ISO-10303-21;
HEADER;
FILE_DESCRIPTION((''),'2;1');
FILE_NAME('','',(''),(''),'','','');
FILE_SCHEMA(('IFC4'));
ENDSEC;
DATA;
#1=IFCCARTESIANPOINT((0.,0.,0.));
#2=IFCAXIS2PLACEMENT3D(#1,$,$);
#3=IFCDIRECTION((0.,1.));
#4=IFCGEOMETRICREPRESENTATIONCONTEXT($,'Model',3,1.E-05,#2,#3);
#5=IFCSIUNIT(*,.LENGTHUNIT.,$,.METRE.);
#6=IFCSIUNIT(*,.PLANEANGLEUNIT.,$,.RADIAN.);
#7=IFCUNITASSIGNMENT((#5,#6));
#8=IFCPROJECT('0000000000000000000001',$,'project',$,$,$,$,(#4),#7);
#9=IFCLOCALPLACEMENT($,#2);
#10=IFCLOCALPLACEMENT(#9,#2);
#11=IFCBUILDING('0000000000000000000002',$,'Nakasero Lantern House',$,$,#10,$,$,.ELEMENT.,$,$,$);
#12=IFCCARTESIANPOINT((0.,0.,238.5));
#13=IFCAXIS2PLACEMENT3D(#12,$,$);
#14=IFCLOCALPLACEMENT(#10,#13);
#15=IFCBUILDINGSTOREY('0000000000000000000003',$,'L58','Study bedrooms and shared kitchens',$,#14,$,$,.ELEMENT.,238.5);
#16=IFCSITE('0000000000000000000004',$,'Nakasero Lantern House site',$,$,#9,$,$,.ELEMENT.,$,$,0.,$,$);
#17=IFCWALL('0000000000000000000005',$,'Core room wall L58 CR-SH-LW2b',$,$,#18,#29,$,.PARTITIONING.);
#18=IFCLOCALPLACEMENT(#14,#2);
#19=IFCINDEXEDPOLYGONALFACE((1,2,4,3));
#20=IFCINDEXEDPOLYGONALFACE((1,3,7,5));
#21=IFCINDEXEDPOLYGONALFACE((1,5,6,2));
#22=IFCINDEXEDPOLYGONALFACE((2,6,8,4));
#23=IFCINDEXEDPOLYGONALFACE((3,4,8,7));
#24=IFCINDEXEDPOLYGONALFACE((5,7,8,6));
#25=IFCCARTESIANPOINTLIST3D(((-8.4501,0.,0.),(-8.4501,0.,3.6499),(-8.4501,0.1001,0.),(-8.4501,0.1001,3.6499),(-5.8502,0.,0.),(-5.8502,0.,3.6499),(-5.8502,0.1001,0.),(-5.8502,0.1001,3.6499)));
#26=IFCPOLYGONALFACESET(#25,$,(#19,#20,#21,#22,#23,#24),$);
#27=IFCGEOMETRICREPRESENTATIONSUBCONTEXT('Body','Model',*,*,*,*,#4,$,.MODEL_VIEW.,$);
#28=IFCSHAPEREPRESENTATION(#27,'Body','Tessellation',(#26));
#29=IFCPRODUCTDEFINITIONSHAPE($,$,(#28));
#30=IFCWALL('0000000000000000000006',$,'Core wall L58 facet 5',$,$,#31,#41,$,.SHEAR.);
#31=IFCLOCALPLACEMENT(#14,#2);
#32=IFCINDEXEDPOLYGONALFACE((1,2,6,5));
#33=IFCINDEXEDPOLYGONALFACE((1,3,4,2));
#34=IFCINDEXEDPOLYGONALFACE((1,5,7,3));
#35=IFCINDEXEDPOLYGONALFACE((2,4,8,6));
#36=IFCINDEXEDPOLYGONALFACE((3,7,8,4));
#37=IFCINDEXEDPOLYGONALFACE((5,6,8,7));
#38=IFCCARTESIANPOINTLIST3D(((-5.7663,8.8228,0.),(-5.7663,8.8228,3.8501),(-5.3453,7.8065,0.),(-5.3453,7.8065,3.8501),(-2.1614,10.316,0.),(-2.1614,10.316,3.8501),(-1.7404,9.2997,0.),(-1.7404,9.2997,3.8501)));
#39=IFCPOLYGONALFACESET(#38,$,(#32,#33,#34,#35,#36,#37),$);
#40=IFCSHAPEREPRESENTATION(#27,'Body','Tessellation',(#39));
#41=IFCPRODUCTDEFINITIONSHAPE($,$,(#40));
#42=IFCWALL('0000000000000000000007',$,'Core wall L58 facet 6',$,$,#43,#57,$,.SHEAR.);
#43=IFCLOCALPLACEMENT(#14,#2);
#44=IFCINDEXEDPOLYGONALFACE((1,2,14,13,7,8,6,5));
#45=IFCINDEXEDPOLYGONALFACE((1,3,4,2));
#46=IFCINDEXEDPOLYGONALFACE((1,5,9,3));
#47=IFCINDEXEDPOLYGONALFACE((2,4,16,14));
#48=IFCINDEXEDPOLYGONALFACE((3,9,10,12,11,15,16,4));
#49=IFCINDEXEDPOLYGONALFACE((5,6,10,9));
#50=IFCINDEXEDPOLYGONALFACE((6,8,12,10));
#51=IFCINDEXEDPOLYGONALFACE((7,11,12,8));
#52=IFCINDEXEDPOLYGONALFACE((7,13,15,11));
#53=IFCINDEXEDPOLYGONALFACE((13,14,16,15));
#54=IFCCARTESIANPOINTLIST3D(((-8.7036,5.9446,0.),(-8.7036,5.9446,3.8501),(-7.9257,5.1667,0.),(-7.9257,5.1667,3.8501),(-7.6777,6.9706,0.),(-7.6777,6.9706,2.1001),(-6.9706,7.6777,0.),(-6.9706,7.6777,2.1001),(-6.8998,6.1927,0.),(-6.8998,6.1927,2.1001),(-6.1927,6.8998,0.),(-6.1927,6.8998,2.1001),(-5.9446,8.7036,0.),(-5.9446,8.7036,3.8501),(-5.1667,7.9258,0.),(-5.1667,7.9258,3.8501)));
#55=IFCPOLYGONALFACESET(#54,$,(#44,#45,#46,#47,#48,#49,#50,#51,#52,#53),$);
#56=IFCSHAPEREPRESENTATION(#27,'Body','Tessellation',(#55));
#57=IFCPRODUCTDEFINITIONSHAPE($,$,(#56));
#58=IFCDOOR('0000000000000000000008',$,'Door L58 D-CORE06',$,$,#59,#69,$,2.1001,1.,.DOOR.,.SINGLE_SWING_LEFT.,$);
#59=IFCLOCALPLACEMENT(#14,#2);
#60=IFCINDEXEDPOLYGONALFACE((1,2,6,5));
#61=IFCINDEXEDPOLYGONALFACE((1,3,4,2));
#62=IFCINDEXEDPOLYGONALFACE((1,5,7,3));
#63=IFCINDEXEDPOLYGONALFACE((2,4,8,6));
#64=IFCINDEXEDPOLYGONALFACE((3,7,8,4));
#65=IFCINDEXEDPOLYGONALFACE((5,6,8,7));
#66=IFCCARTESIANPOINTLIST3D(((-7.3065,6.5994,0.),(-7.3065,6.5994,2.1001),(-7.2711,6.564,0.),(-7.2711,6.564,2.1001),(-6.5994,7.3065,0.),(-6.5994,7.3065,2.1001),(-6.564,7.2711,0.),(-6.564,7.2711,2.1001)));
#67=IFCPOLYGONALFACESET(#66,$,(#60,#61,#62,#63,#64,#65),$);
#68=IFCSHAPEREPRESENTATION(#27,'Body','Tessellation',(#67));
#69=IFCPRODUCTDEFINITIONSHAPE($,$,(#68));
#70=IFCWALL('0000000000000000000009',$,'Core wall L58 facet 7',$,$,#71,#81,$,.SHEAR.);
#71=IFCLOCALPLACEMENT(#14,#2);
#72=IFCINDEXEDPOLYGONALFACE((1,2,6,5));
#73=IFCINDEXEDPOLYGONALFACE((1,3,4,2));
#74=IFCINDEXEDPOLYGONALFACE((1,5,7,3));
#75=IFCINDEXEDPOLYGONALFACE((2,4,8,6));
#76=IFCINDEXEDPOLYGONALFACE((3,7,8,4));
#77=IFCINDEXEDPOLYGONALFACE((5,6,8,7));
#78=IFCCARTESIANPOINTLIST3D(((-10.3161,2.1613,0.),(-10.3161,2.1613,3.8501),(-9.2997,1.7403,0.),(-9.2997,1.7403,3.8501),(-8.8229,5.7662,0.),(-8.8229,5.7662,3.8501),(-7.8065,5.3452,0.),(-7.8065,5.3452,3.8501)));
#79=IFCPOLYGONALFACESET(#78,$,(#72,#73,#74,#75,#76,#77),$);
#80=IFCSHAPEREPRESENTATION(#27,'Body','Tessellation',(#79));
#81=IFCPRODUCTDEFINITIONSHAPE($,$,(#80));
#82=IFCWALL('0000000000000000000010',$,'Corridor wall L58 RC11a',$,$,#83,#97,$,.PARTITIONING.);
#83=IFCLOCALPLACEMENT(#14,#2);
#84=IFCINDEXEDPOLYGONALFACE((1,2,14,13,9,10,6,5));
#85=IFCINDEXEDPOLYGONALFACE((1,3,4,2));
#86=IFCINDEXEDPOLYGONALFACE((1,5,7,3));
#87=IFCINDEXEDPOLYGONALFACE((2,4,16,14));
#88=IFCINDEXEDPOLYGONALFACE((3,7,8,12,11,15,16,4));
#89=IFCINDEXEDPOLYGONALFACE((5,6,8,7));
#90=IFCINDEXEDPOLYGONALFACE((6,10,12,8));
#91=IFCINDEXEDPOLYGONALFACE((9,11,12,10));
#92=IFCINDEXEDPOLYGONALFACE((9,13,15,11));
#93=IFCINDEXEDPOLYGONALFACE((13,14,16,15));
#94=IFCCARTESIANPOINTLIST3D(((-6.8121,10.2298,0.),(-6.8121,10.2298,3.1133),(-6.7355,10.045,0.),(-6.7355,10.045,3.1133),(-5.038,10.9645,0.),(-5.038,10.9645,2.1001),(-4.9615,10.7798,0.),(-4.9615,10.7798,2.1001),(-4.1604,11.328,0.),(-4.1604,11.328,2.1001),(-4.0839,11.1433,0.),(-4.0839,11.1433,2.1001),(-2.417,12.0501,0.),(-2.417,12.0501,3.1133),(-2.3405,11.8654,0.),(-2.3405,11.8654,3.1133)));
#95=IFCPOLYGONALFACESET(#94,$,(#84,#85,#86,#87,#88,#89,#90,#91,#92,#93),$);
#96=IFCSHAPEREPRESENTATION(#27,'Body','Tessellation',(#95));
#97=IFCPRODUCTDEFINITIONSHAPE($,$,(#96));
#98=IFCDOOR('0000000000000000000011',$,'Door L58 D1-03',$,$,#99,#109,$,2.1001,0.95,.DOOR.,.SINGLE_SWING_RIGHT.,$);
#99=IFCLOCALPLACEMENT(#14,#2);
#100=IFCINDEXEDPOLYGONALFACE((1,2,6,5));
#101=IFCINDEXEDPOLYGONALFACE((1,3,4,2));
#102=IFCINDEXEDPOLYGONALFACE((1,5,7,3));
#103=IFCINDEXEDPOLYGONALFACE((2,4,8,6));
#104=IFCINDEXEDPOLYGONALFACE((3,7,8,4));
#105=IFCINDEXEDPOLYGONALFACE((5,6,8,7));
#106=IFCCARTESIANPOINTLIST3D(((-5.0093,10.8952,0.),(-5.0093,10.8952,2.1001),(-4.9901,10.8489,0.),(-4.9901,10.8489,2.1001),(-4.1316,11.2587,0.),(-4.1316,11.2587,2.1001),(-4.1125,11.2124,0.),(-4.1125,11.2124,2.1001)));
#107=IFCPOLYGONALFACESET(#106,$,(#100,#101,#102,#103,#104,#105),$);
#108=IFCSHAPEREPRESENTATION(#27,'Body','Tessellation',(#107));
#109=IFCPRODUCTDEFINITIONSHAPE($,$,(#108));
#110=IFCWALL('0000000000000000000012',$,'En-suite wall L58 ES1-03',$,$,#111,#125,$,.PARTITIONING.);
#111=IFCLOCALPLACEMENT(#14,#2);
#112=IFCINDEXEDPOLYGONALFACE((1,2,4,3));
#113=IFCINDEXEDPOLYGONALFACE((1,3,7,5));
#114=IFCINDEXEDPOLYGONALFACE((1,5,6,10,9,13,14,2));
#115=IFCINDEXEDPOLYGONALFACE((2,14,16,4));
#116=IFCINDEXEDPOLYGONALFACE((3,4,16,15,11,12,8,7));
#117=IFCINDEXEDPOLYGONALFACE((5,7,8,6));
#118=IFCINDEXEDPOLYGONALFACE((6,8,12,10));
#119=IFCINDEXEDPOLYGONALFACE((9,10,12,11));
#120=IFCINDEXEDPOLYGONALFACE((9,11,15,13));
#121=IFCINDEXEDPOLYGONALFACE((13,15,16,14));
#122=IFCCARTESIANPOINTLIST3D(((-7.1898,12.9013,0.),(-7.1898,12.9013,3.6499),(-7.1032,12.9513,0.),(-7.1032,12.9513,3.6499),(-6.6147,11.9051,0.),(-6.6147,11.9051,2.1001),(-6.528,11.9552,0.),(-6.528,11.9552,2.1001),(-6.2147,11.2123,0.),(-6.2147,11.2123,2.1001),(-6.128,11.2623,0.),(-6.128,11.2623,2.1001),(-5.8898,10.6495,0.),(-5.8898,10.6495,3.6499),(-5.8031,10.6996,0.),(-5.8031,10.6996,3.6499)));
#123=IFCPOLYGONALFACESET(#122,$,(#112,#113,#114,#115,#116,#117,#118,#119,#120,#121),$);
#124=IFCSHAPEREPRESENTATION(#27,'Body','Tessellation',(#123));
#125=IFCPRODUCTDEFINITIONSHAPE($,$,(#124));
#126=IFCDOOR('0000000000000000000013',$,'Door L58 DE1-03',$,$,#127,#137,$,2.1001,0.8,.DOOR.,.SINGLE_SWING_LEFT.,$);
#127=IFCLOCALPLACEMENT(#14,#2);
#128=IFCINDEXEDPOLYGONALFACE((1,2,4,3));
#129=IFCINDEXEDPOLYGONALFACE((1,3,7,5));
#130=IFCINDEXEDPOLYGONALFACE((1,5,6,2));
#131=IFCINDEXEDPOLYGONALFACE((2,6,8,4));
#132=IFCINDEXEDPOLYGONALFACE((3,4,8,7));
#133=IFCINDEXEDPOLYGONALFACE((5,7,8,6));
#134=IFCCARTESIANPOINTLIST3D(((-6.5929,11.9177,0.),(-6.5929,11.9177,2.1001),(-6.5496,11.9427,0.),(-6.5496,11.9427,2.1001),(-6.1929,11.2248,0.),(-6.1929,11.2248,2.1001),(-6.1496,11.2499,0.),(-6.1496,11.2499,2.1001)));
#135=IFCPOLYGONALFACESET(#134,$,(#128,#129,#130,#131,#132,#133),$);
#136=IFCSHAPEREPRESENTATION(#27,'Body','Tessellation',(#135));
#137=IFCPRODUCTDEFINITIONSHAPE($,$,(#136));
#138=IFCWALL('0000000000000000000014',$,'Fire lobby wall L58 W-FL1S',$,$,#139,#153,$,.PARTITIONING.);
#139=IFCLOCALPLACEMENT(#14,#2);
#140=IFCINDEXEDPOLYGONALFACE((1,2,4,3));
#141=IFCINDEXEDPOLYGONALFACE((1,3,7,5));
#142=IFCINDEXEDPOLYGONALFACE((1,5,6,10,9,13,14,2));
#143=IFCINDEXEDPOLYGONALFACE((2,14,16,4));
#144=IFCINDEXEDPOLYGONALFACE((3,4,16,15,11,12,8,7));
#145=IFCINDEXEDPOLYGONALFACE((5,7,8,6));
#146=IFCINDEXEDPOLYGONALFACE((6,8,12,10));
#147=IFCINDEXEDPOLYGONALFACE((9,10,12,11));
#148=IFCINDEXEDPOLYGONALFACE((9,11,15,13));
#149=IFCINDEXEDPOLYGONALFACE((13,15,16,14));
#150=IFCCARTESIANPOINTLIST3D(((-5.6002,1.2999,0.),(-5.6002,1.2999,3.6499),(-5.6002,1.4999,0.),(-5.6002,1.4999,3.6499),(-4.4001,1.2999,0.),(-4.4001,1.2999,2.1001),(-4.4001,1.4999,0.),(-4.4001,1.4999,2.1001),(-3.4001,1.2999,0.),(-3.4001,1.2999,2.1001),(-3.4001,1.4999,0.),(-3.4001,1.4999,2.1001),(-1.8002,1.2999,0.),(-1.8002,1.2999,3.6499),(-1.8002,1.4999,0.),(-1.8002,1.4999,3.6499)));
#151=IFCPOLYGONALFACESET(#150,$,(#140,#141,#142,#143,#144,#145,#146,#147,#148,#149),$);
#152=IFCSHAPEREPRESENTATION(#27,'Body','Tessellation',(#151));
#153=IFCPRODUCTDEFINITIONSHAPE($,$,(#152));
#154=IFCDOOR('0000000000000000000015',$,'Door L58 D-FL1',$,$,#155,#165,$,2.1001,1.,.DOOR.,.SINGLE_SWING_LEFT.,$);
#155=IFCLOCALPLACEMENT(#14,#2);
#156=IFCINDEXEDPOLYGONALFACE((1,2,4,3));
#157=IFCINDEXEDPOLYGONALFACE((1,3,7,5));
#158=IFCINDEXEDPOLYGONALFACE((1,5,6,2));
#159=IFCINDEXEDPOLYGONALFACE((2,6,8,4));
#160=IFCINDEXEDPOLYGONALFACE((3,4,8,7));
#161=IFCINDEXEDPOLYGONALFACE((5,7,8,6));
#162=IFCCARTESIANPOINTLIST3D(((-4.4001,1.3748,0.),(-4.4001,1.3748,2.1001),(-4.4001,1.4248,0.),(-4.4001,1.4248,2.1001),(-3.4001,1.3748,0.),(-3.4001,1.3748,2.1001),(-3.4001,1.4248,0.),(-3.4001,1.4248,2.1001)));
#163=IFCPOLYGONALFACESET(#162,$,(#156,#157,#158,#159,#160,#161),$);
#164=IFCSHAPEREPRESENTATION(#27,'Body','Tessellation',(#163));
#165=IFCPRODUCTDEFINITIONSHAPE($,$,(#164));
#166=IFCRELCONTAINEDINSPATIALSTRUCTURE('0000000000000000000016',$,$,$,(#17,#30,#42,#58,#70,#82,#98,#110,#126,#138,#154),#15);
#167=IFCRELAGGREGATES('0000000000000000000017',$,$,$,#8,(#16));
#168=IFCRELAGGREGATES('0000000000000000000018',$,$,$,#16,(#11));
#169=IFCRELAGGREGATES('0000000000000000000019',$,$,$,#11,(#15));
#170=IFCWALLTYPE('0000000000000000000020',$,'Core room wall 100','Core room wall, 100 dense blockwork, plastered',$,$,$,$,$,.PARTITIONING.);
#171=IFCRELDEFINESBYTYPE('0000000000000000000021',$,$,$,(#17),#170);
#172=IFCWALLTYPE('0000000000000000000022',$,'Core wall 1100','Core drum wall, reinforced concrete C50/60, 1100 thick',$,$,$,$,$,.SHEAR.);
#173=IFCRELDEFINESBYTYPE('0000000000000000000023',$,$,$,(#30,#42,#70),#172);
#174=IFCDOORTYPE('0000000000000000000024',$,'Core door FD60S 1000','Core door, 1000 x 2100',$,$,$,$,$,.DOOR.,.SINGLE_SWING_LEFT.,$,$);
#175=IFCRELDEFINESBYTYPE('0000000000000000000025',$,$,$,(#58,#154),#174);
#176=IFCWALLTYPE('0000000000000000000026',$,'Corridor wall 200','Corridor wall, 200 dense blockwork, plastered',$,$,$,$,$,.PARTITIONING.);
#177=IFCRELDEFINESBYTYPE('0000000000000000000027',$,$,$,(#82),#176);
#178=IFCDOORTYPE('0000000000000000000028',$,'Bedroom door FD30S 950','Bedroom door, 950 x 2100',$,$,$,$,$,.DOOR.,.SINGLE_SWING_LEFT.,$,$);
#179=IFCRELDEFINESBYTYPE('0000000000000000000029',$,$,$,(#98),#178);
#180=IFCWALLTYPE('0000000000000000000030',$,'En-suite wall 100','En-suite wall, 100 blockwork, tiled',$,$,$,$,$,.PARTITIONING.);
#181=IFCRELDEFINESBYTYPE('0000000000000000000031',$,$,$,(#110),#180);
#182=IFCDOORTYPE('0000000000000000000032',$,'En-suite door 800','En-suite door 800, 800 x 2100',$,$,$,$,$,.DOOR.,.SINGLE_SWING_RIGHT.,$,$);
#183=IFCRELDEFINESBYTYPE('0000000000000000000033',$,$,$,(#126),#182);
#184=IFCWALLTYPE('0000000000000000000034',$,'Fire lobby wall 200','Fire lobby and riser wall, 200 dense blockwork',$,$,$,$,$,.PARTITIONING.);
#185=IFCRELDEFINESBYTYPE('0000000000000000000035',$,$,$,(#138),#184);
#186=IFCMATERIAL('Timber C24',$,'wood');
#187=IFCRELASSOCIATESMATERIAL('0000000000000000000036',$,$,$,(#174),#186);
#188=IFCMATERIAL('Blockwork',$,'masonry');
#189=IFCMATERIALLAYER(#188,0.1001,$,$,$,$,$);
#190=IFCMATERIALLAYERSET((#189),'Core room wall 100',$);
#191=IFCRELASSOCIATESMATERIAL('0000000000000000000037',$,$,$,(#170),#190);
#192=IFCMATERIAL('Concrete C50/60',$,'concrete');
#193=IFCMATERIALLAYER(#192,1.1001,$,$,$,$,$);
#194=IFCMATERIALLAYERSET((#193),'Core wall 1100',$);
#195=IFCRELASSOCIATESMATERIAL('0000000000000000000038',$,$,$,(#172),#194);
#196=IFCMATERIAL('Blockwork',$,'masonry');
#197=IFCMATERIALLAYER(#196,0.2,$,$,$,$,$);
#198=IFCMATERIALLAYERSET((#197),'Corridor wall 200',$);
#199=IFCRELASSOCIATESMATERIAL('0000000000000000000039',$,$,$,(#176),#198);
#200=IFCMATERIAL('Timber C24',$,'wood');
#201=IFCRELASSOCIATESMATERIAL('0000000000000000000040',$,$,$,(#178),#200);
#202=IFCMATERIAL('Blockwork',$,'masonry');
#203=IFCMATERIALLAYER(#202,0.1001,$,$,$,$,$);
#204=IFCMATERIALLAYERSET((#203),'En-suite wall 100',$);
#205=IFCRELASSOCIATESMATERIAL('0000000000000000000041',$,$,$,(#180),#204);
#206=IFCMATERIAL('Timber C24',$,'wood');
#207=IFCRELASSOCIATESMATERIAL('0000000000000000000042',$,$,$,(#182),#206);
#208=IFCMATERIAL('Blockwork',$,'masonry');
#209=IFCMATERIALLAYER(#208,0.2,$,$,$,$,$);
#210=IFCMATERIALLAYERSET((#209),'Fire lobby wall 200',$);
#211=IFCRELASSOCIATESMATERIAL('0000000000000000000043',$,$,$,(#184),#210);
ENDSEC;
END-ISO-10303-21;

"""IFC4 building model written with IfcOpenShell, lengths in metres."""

from ifc_helpers import new_model, si_unit, direction, frame, frame_2d, origin, place, context, subcontext, project, spatial, rectangle, extrude, material, layer, layer_set, type_object, element, fill, save


model = new_model("IFC4")

# Units and contexts
model_context = context("Model", 3, precision=1e-05, world=origin(), true_north=direction((0.0, 1.0)))
body_context = subcontext(model_context, "Body", "Model", "MODEL_VIEW")
ifc_project = project(units=[si_unit("LENGTHUNIT", "METRE"), si_unit("PLANEANGLEUNIT", "RADIAN")], contexts=[model_context])

# Site, building, storey
site_placement = place(None, origin())
site = spatial("IfcSite", under=ifc_project, at=site_placement, Name="Nakasero Lantern House site", CompositionType="ELEMENT", RefElevation=0.0)
building_placement = place(site_placement, origin())
building = spatial("IfcBuilding", under=site, at=building_placement, Name="Nakasero Lantern House", CompositionType="ELEMENT")
storey_placement = place(building_placement, frame((0.0, 0.0, 238.5)))
storey = spatial("IfcBuildingStorey", under=building, at=storey_placement, Name="L58", Description="Study bedrooms and shared kitchens", CompositionType="ELEMENT", Elevation=238.5)

# Shared definitions
ifc_material_1 = material(Name="Timber C24", Category="wood")
door_type_1 = type_object("IfcDoorType", Name="Core door FD60S 1000", Description="Core door, 1000 x 2100", OperationType="SINGLE_SWING_LEFT", PredefinedType="DOOR", material=ifc_material_1)

# Walls
ifc_material_2 = material(Name="Blockwork", Category="masonry")
ifc_layer_1 = layer(ifc_material_2, 0.1001)
ifc_layer_set_1 = layer_set([ifc_layer_1], Name="Core room wall 100")
wall_type_1 = type_object("IfcWallType", Name="Core room wall 100", Description="Core room wall, 100 dense blockwork, plastered", PredefinedType="PARTITIONING", material=ifc_layer_set_1)
wall_1_placement = place(storey_placement, frame((-8.45, 0.05, 0.0), z_axis=(0.0, 0.0, 1.0), x_axis=(1.0, 0.0, 0.0)))
element("IfcWall", 1, at=wall_1_placement, inside=storey, type_object=wall_type_1, Name="Core room wall L58 CR-SH-LW2b", PredefinedType="PARTITIONING", context=body_context, shape_type="SweptSolid", body=[
    extrude(rectangle(XDim=2.5999, YDim=0.1001, at=frame_2d((1.2998, 0.0))), origin(), (0.0, 0.0, 1.0), 3.6499),
])
ifc_material_3 = material(Name="Concrete C50/60", Category="concrete")
ifc_layer_2 = layer(ifc_material_3, 1.1001)
ifc_layer_set_2 = layer_set([ifc_layer_2], Name="Core wall 1100")
wall_type_2 = type_object("IfcWallType", Name="Core wall 1100", Description="Core drum wall, reinforced concrete C50/60, 1100 thick", PredefinedType="SHEAR", material=ifc_layer_set_2)
wall_2_placement = place(storey_placement, frame((-1.9509, 9.8079, 0.0), z_axis=(0.0, 0.0, 1.0), x_axis=(-0.923877, -0.382691, 0.0)))
element("IfcWall", 2, at=wall_2_placement, inside=storey, type_object=wall_type_2, Name="Core wall L58 facet 5", PredefinedType="SHEAR", context=body_context, shape_type="SweptSolid", body=[
    extrude(rectangle(XDim=3.9019, YDim=1.1001, at=frame_2d((1.9509, 0.0))), origin(), (0.0, 0.0, 1.0), 3.8501),
])

# Wall, opening, door
wall_3_placement = place(storey_placement, frame((-5.5557, 8.3147, 0.0), z_axis=(0.0, 0.0, 1.0), x_axis=(-0.707107, -0.707107, 0.0)))
wall_3 = element("IfcWall", 3, at=wall_3_placement, inside=storey, type_object=wall_type_2, Name="Core wall L58 facet 6", PredefinedType="SHEAR", context=body_context, shape_type="SweptSolid", body=[
    extrude(rectangle(XDim=3.9019, YDim=1.1001, at=frame_2d((1.9509, 0.0))), origin(), (0.0, 0.0, 1.0), 3.8501),
])
opening_1_placement = place(wall_3_placement, frame((1.4509, 0.0, 0.0)))
opening_1 = element("IfcOpeningElement", 4, at=opening_1_placement, cuts=wall_3, PredefinedType="OPENING", context=body_context, shape_type="SweptSolid", body=[
    extrude(rectangle(XDim=1.0, YDim=2.1001, at=frame_2d((0.5, 1.05))), frame((0.0, 0.5701, 0.0), z_axis=(0.0, -1.0, 0.0), x_axis=(1.0, 0.0, 0.0)), (0.0, 0.0, 1.0), 1.1401),
])
door_1_placement = place(opening_1_placement, origin())
door_1 = element("IfcDoor", 5, at=door_1_placement, inside=storey, type_object=door_type_1, Name="Door L58 D-CORE06", OperationType="SINGLE_SWING_LEFT", OverallHeight=2.1001, OverallWidth=1.0, PredefinedType="DOOR", context=body_context, shape_type="SweptSolid", body=[
    extrude(rectangle(XDim=1.0, YDim=2.1001, at=frame_2d((0.5, 1.05))), frame((0.0, 0.0249, 0.0), z_axis=(0.0, -1.0, 0.0), x_axis=(1.0, 0.0, 0.0)), (0.0, 0.0, 1.0), 0.05),
])
fill(opening_1, door_1)

# Wall
wall_4_placement = place(storey_placement, frame((-8.3147, 5.5557, 0.0), z_axis=(0.0, 0.0, 1.0), x_axis=(-0.382691, -0.923877, 0.0)))
element("IfcWall", 6, at=wall_4_placement, inside=storey, type_object=wall_type_2, Name="Core wall L58 facet 7", PredefinedType="SHEAR", context=body_context, shape_type="SweptSolid", body=[
    extrude(rectangle(XDim=3.9019, YDim=1.1001, at=frame_2d((1.9509, 0.0))), origin(), (0.0, 0.0, 1.0), 3.8501),
])

# Walls, openings, doors
ifc_material_4 = material(Name="Blockwork", Category="masonry")
ifc_layer_3 = layer(ifc_material_4, 0.2)
ifc_layer_set_3 = layer_set([ifc_layer_3], Name="Corridor wall 200")
wall_type_3 = type_object("IfcWallType", Name="Corridor wall 200", Description="Corridor wall, 200 dense blockwork, plastered", PredefinedType="PARTITIONING", material=ifc_layer_set_3)
wall_5_placement = place(storey_placement, frame((-6.7737, 10.1375, 0.0), z_axis=(0.0, 0.0, 1.0), x_axis=(0.923892, 0.382654, 0.0)))
wall_5 = element("IfcWall", 7, at=wall_5_placement, inside=storey, type_object=wall_type_3, Name="Corridor wall L58 RC11a", PredefinedType="PARTITIONING", context=body_context, shape_type="SweptSolid", body=[
    extrude(rectangle(XDim=4.7571, YDim=0.2, at=frame_2d((2.3784, 0.0))), origin(), (0.0, 0.0, 1.0), 3.1133),
])
opening_2_placement = place(wall_5_placement, frame((1.9199, 0.0, 0.0)))
opening_2 = element("IfcOpeningElement", 8, at=opening_2_placement, cuts=wall_5, PredefinedType="OPENING", context=body_context, shape_type="SweptSolid", body=[
    extrude(rectangle(XDim=0.95, YDim=2.1001, at=frame_2d((0.4751, 1.05))), frame((0.0, 0.1199, 0.0), z_axis=(0.0, -1.0, 0.0), x_axis=(1.0, 0.0, 0.0)), (0.0, 0.0, 1.0), 0.24),
])
ifc_material_5 = material(Name="Timber C24", Category="wood")
door_type_2 = type_object("IfcDoorType", Name="Bedroom door FD30S 950", Description="Bedroom door, 950 x 2100", OperationType="SINGLE_SWING_LEFT", PredefinedType="DOOR", material=ifc_material_5)
door_2_placement = place(opening_2_placement, origin())
door_2 = element("IfcDoor", 9, at=door_2_placement, inside=storey, type_object=door_type_2, Name="Door L58 D1-03", OperationType="SINGLE_SWING_RIGHT", OverallHeight=2.1001, OverallWidth=0.95, PredefinedType="DOOR", context=body_context, shape_type="SweptSolid", body=[
    extrude(rectangle(XDim=0.95, YDim=2.1001, at=frame_2d((0.4751, 1.05))), frame((0.0, 0.0249, 0.0), z_axis=(0.0, -1.0, 0.0), x_axis=(1.0, 0.0, 0.0)), (0.0, 0.0, 1.0), 0.05),
])
fill(opening_2, door_2)
ifc_material_6 = material(Name="Blockwork", Category="masonry")
ifc_layer_4 = layer(ifc_material_6, 0.1001)
ifc_layer_set_4 = layer_set([ifc_layer_4], Name="En-suite wall 100")
wall_type_4 = type_object("IfcWallType", Name="En-suite wall 100", Description="En-suite wall, 100 blockwork, tiled", PredefinedType="PARTITIONING", material=ifc_layer_set_4)
wall_6_placement = place(storey_placement, frame((-5.8464, 10.6746, 0.0), z_axis=(0.0, 0.0, 1.0), x_axis=(-0.500007, 0.866021, 0.0)))
wall_6 = element("IfcWall", 10, at=wall_6_placement, inside=storey, type_object=wall_type_4, Name="En-suite wall L58 ES1-03", PredefinedType="PARTITIONING", context=body_context, shape_type="SweptSolid", body=[
    extrude(rectangle(XDim=2.6001, YDim=0.1001, at=frame_2d((1.3, 0.0))), origin(), (0.0, 0.0, 1.0), 3.6499),
])
opening_3_placement = place(wall_6_placement, frame((0.6499, 0.0, 0.0)))
opening_3 = element("IfcOpeningElement", 11, at=opening_3_placement, cuts=wall_6, PredefinedType="OPENING", context=body_context, shape_type="SweptSolid", body=[
    extrude(rectangle(XDim=0.8, YDim=2.1001, at=frame_2d((0.3999, 1.05))), frame((0.0, 0.0701, 0.0), z_axis=(0.0, -1.0, 0.0), x_axis=(1.0, 0.0, 0.0)), (0.0, 0.0, 1.0), 0.1401),
])
ifc_material_7 = material(Name="Timber C24", Category="wood")
door_type_3 = type_object("IfcDoorType", Name="En-suite door 800", Description="En-suite door 800, 800 x 2100", OperationType="SINGLE_SWING_RIGHT", PredefinedType="DOOR", material=ifc_material_7)
door_3_placement = place(opening_3_placement, origin())
door_3 = element("IfcDoor", 12, at=door_3_placement, inside=storey, type_object=door_type_3, Name="Door L58 DE1-03", OperationType="SINGLE_SWING_LEFT", OverallHeight=2.1001, OverallWidth=0.8, PredefinedType="DOOR", context=body_context, shape_type="SweptSolid", body=[
    extrude(rectangle(XDim=0.8, YDim=2.1001, at=frame_2d((0.3999, 1.05))), frame((0.0, 0.0249, 0.0), z_axis=(0.0, -1.0, 0.0), x_axis=(1.0, 0.0, 0.0)), (0.0, 0.0, 1.0), 0.05),
])
fill(opening_3, door_3)
ifc_material_8 = material(Name="Blockwork", Category="masonry")
ifc_layer_5 = layer(ifc_material_8, 0.2)
ifc_layer_set_5 = layer_set([ifc_layer_5], Name="Fire lobby wall 200")
wall_type_5 = type_object("IfcWallType", Name="Fire lobby wall 200", Description="Fire lobby and riser wall, 200 dense blockwork", PredefinedType="PARTITIONING", material=ifc_layer_set_5)
wall_7_placement = place(storey_placement, frame((-5.6001, 1.3999, 0.0), z_axis=(0.0, 0.0, 1.0), x_axis=(1.0, 0.0, 0.0)))
wall_7 = element("IfcWall", 13, at=wall_7_placement, inside=storey, type_object=wall_type_5, Name="Fire lobby wall L58 W-FL1S", PredefinedType="PARTITIONING", context=body_context, shape_type="SweptSolid", body=[
    extrude(rectangle(XDim=3.8, YDim=0.2, at=frame_2d((1.8999, 0.0))), origin(), (0.0, 0.0, 1.0), 3.6499),
])
opening_4_placement = place(wall_7_placement, frame((1.2, 0.0, 0.0)))
opening_4 = element("IfcOpeningElement", 14, at=opening_4_placement, cuts=wall_7, PredefinedType="OPENING", context=body_context, shape_type="SweptSolid", body=[
    extrude(rectangle(XDim=1.0, YDim=2.1001, at=frame_2d((0.5, 1.05))), frame((0.0, 0.1199, 0.0), z_axis=(0.0, -1.0, 0.0), x_axis=(1.0, 0.0, 0.0)), (0.0, 0.0, 1.0), 0.24),
])
door_4_placement = place(opening_4_placement, origin())
door_4 = element("IfcDoor", 15, at=door_4_placement, inside=storey, type_object=door_type_1, Name="Door L58 D-FL1", OperationType="SINGLE_SWING_LEFT", OverallHeight=2.1001, OverallWidth=1.0, PredefinedType="DOOR", context=body_context, shape_type="SweptSolid", body=[
    extrude(rectangle(XDim=1.0, YDim=2.1001, at=frame_2d((0.5, 1.05))), frame((0.0, 0.0249, 0.0), z_axis=(0.0, -1.0, 0.0), x_axis=(1.0, 0.0, 0.0)), (0.0, 0.0, 1.0), 0.05),
])
fill(opening_4, door_4)

save(model, "model.ifc")
